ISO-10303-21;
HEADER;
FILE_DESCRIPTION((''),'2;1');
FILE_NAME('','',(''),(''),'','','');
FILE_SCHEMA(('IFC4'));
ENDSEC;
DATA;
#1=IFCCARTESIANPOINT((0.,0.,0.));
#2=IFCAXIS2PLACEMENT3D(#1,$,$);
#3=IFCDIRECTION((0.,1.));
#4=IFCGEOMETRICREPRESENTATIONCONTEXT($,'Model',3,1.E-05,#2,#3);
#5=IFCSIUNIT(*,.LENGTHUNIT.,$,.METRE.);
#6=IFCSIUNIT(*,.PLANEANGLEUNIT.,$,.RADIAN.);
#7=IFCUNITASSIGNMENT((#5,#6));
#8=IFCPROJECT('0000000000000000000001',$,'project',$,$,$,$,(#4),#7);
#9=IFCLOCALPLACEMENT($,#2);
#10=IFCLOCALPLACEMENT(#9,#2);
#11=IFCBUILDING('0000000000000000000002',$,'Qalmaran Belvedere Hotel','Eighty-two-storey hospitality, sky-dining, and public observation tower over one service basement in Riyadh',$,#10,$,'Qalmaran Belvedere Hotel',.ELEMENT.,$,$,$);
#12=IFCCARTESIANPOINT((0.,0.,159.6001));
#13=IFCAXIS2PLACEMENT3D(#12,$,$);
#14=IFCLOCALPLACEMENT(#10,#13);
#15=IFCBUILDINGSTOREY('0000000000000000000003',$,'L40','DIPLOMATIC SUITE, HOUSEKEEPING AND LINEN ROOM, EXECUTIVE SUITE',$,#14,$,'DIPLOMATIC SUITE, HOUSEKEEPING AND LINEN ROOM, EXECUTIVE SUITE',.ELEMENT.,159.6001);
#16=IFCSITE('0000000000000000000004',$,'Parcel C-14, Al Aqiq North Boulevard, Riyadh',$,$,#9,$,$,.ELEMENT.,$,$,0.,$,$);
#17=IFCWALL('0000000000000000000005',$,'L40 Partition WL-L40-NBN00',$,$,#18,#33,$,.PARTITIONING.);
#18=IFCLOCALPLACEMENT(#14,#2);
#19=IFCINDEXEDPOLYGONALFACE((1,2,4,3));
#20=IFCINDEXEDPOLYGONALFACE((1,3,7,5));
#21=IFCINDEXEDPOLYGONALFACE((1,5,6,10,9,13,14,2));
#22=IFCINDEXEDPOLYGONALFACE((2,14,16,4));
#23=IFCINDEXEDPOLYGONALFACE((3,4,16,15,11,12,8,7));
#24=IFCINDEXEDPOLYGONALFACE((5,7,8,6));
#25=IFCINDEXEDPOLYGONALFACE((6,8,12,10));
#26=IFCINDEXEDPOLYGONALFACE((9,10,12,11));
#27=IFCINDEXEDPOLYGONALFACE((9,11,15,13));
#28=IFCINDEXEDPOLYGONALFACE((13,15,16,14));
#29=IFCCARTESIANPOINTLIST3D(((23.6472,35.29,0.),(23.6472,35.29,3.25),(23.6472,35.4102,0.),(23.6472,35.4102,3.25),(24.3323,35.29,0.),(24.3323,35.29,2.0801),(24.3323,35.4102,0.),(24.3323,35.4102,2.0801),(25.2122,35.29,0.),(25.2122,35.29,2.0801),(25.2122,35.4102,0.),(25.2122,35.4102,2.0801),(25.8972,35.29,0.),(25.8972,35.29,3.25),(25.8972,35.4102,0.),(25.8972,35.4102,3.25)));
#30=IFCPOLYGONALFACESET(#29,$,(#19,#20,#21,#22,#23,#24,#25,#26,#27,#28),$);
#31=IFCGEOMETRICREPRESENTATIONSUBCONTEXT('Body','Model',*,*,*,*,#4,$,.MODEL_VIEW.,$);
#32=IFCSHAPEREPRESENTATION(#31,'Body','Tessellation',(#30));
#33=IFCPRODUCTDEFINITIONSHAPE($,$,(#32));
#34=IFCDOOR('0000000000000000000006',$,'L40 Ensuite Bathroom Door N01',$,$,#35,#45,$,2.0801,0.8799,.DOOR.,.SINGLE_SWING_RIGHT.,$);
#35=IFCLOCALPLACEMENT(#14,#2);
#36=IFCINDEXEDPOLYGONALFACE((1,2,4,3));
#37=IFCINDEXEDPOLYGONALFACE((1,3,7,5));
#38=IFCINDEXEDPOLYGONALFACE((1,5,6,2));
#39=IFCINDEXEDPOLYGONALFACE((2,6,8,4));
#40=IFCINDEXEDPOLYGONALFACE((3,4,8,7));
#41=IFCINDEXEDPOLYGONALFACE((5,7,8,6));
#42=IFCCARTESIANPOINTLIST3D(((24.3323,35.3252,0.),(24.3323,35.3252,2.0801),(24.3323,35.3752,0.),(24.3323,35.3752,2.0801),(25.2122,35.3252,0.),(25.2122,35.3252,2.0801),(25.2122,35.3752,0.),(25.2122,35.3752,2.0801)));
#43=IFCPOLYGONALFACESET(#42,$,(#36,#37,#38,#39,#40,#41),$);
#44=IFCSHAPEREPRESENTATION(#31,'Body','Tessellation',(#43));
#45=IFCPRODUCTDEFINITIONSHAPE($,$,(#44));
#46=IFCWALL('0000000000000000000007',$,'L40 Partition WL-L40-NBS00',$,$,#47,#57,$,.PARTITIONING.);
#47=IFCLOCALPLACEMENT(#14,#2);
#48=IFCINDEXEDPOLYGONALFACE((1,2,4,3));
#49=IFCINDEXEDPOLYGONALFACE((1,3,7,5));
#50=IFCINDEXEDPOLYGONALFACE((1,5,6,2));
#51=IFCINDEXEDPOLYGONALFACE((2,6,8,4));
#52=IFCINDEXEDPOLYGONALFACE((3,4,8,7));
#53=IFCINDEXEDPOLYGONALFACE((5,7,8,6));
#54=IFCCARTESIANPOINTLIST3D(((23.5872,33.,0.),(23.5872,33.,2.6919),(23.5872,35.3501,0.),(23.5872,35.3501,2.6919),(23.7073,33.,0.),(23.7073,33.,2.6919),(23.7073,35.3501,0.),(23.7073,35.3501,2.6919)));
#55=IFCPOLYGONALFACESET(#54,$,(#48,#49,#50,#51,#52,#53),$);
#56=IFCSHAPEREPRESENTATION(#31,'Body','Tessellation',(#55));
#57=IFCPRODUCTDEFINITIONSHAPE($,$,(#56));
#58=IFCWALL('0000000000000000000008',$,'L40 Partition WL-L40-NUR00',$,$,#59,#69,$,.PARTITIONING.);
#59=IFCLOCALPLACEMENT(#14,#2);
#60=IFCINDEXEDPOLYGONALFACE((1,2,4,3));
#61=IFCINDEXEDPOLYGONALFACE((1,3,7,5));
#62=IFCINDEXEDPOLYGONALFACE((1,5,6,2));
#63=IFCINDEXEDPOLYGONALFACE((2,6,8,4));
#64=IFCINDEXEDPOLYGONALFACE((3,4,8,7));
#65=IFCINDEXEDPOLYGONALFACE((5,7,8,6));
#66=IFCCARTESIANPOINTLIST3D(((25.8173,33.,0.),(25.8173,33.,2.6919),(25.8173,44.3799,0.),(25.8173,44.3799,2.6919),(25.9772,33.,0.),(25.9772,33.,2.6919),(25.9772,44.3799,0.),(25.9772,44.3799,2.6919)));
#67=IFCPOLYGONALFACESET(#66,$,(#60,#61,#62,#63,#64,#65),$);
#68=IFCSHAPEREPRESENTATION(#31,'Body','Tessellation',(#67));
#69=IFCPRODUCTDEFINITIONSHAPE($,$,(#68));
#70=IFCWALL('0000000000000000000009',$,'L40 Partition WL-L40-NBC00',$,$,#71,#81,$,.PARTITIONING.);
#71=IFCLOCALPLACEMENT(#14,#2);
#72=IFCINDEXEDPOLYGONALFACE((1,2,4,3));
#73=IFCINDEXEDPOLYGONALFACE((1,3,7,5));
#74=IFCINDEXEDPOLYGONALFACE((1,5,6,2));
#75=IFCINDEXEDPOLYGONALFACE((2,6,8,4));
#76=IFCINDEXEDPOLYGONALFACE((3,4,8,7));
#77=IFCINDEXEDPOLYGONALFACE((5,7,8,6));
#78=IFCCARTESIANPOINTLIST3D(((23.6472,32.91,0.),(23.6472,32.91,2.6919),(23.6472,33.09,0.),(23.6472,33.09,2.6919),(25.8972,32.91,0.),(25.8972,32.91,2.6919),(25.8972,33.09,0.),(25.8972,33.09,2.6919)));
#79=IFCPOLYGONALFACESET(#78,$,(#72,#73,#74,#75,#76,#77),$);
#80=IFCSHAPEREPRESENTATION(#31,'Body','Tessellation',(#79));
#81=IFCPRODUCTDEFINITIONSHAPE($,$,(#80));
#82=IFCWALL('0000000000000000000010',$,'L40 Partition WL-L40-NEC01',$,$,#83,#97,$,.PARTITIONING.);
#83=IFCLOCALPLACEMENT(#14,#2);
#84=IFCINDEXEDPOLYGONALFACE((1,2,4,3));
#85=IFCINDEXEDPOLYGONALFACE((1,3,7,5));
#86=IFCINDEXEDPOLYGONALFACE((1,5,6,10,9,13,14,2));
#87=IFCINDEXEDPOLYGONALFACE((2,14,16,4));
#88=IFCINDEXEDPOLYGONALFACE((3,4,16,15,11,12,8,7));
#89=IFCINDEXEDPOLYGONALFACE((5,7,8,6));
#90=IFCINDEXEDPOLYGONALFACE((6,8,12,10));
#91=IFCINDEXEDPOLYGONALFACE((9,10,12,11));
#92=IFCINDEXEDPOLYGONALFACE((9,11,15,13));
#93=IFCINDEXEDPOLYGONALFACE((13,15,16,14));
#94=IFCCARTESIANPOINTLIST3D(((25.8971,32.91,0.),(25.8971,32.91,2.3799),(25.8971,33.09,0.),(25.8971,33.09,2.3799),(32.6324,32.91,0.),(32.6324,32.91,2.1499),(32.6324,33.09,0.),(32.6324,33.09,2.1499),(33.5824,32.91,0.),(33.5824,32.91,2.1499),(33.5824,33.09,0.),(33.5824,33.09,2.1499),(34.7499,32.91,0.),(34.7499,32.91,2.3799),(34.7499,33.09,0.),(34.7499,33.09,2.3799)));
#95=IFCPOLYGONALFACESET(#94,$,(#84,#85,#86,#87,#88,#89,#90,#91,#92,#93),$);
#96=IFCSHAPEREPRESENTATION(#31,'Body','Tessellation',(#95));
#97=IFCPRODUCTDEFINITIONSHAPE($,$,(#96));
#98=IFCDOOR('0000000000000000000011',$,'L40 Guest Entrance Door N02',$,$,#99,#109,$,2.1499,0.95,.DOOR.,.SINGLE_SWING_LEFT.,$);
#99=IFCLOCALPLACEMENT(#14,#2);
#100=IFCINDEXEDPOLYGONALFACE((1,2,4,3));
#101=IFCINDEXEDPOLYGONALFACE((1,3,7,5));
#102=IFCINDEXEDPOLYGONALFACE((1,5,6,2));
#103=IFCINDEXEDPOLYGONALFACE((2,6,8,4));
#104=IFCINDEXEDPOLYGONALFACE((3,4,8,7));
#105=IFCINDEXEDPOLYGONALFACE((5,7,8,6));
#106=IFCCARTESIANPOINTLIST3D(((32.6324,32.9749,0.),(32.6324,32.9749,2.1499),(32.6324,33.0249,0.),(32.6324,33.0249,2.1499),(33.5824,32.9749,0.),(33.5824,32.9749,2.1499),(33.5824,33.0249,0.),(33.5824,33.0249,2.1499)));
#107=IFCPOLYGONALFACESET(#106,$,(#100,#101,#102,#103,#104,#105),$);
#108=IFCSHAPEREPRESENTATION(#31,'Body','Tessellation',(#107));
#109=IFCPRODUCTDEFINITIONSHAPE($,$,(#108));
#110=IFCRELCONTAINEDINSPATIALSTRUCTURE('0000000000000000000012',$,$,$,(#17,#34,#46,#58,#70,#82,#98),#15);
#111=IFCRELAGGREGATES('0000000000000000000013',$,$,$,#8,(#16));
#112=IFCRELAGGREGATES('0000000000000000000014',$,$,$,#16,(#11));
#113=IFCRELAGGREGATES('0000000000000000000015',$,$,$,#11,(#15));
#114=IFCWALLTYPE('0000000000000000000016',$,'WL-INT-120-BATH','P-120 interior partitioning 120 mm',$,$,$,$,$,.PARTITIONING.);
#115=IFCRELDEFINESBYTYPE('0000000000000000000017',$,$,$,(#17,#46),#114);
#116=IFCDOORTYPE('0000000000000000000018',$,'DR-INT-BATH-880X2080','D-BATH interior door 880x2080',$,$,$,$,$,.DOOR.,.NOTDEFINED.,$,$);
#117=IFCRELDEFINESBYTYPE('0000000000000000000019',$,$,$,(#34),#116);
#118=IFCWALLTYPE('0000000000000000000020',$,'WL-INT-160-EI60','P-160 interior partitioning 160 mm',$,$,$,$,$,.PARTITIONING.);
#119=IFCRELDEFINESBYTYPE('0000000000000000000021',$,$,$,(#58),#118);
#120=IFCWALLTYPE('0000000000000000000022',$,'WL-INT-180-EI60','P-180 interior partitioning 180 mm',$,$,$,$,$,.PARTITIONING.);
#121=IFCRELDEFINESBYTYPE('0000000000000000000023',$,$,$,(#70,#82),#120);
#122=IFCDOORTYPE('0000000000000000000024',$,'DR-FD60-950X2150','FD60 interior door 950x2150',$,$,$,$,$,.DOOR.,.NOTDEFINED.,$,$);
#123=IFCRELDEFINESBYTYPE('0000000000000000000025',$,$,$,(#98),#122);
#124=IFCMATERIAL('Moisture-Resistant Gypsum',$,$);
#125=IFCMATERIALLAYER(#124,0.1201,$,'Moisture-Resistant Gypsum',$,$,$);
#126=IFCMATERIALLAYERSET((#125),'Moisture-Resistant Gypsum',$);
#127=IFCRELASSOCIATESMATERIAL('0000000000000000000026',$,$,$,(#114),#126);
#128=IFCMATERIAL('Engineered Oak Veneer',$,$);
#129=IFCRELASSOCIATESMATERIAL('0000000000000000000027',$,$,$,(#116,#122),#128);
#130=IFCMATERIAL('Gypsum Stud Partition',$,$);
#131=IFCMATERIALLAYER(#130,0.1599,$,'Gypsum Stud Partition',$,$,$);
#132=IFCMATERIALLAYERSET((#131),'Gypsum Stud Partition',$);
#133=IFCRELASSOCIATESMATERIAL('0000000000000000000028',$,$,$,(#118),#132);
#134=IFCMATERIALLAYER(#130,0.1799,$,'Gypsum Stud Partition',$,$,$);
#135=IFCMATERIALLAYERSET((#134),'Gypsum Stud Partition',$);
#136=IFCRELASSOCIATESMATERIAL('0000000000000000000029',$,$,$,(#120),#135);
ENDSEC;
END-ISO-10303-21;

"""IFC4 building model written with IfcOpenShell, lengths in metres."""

from ifc_helpers import new_model, si_unit, direction, frame, frame_2d, origin, place, context, subcontext, project, spatial, rectangle, extrude, material, layer, layer_set, type_object, element, fill, save


model = new_model("IFC4")

# Units and contexts
model_context = context("Model", 3, precision=1e-05, world=origin(), true_north=direction((0.0, 1.0)))
body_context = subcontext(model_context, "Body", "Model", "MODEL_VIEW")
ifc_project = project(units=[si_unit("LENGTHUNIT", "METRE"), si_unit("PLANEANGLEUNIT", "RADIAN")], contexts=[model_context])

# Site, building, storey
site_placement = place(None, origin())
site = spatial("IfcSite", under=ifc_project, at=site_placement, Name="Parcel C-14, Al Aqiq North Boulevard, Riyadh", CompositionType="ELEMENT", RefElevation=0.0)
building_placement = place(site_placement, origin())
building = spatial("IfcBuilding", under=site, at=building_placement, Name="Qalmaran Belvedere Hotel", Description="Eighty-two-storey hospitality, sky-dining, and public observation tower over one service basement in Riyadh", LongName="Qalmaran Belvedere Hotel", CompositionType="ELEMENT")
storey_placement = place(building_placement, frame((0.0, 0.0, 159.6001)))
storey = spatial("IfcBuildingStorey", under=building, at=storey_placement, Name="L40", Description="DIPLOMATIC SUITE, HOUSEKEEPING AND LINEN ROOM, EXECUTIVE SUITE", LongName="DIPLOMATIC SUITE, HOUSEKEEPING AND LINEN ROOM, EXECUTIVE SUITE", CompositionType="ELEMENT", Elevation=159.6001)

# Wall, opening, door
ifc_material_1 = material(Name="Moisture-Resistant Gypsum")
ifc_layer_1 = layer(ifc_material_1, 0.1201, Name="Moisture-Resistant Gypsum")
ifc_layer_set_1 = layer_set([ifc_layer_1], Name="Moisture-Resistant Gypsum")
wall_type_1 = type_object("IfcWallType", Name="WL-INT-120-BATH", Description="P-120 interior partitioning 120 mm", PredefinedType="PARTITIONING", material=ifc_layer_set_1)
wall_1_placement = place(storey_placement, frame((23.6472, 35.3501, 0.0), z_axis=(0.0, 0.0, 1.0), x_axis=(1.0, 0.0, 0.0)))
wall_1 = element("IfcWall", 1, at=wall_1_placement, inside=storey, type_object=wall_type_1, Name="L40 Partition WL-L40-NBN00", PredefinedType="PARTITIONING", context=body_context, shape_type="SweptSolid", body=[
    extrude(rectangle(XDim=2.25, YDim=0.1201, at=frame_2d((1.125, 0.0))), origin(), (0.0, 0.0, 1.0), 3.25),
])
opening_1_placement = place(wall_1_placement, frame((1.5649, 0.0, 0.0), z_axis=(0.0, 0.0, 1.0), x_axis=(-1.0, 0.0, 0.0)))
opening_1 = element("IfcOpeningElement", 2, at=opening_1_placement, cuts=wall_1, PredefinedType="OPENING", context=body_context, shape_type="SweptSolid", body=[
    extrude(rectangle(XDim=0.8799, YDim=2.0801, at=frame_2d((0.4399, 1.04))), frame((0.0, 0.0701, 0.0), z_axis=(0.0, -1.0, 0.0), x_axis=(1.0, 0.0, 0.0)), (0.0, 0.0, 1.0), 0.1401),
])
ifc_material_2 = material(Name="Engineered Oak Veneer")
door_type_1 = type_object("IfcDoorType", Name="DR-INT-BATH-880X2080", Description="D-BATH interior door 880x2080", OperationType="NOTDEFINED", PredefinedType="DOOR", material=ifc_material_2)
door_1_placement = place(opening_1_placement, origin())
door_1 = element("IfcDoor", 3, at=door_1_placement, inside=storey, type_object=door_type_1, Name="L40 Ensuite Bathroom Door N01", OperationType="SINGLE_SWING_RIGHT", OverallHeight=2.0801, OverallWidth=0.8799, PredefinedType="DOOR", context=body_context, shape_type="SweptSolid", body=[
    extrude(rectangle(XDim=0.8799, YDim=2.0801, at=frame_2d((0.4399, 1.04))), frame((0.0, 0.0249, 0.0), z_axis=(0.0, -1.0, 0.0), x_axis=(1.0, 0.0, 0.0)), (0.0, 0.0, 1.0), 0.05),
])
fill(opening_1, door_1)

# Walls
wall_2_placement = place(storey_placement, frame((23.6472, 33.0, 0.0), z_axis=(0.0, 0.0, 1.0), x_axis=(0.0, 1.0, 0.0)))
element("IfcWall", 4, at=wall_2_placement, inside=storey, type_object=wall_type_1, Name="L40 Partition WL-L40-NBS00", PredefinedType="PARTITIONING", context=body_context, shape_type="SweptSolid", body=[
    extrude(rectangle(XDim=2.3501, YDim=0.1201, at=frame_2d((1.175, 0.0))), origin(), (0.0, 0.0, 1.0), 2.6919),
])
ifc_material_3 = material(Name="Gypsum Stud Partition")
ifc_layer_2 = layer(ifc_material_3, 0.1599, Name="Gypsum Stud Partition")
ifc_layer_set_2 = layer_set([ifc_layer_2], Name="Gypsum Stud Partition")
wall_type_2 = type_object("IfcWallType", Name="WL-INT-160-EI60", Description="P-160 interior partitioning 160 mm", PredefinedType="PARTITIONING", material=ifc_layer_set_2)
wall_3_placement = place(storey_placement, frame((25.8972, 33.0, 0.0), z_axis=(0.0, 0.0, 1.0), x_axis=(0.0, 1.0, 0.0)))
element("IfcWall", 5, at=wall_3_placement, inside=storey, type_object=wall_type_2, Name="L40 Partition WL-L40-NUR00", PredefinedType="PARTITIONING", context=body_context, shape_type="SweptSolid", body=[
    extrude(rectangle(XDim=11.3799, YDim=0.1599, at=frame_2d((5.6899, 0.0))), origin(), (0.0, 0.0, 1.0), 2.6919),
])
ifc_layer_3 = layer(ifc_material_3, 0.1799, Name="Gypsum Stud Partition")
ifc_layer_set_3 = layer_set([ifc_layer_3], Name="Gypsum Stud Partition")
wall_type_3 = type_object("IfcWallType", Name="WL-INT-180-EI60", Description="P-180 interior partitioning 180 mm", PredefinedType="PARTITIONING", material=ifc_layer_set_3)
wall_4_placement = place(storey_placement, frame((23.6472, 33.0, 0.0), z_axis=(0.0, 0.0, 1.0), x_axis=(1.0, 0.0, 0.0)))
element("IfcWall", 6, at=wall_4_placement, inside=storey, type_object=wall_type_3, Name="L40 Partition WL-L40-NBC00", PredefinedType="PARTITIONING", context=body_context, shape_type="SweptSolid", body=[
    extrude(rectangle(XDim=2.25, YDim=0.1799, at=frame_2d((1.125, 0.0))), origin(), (0.0, 0.0, 1.0), 2.6919),
])

# Wall, opening, door
wall_5_placement = place(storey_placement, frame((25.8972, 33.0, 0.0), z_axis=(0.0, 0.0, 1.0), x_axis=(1.0, 0.0, 0.0)))
wall_5 = element("IfcWall", 7, at=wall_5_placement, inside=storey, type_object=wall_type_3, Name="L40 Partition WL-L40-NEC01", PredefinedType="PARTITIONING", context=body_context, shape_type="SweptSolid", body=[
    extrude(rectangle(XDim=8.8528, YDim=0.1799, at=frame_2d((4.4263, 0.0))), origin(), (0.0, 0.0, 1.0), 2.3799),
])
opening_2_placement = place(wall_5_placement, frame((6.7351, 0.0, 0.0)))
opening_2 = element("IfcOpeningElement", 8, at=opening_2_placement, cuts=wall_5, PredefinedType="OPENING", context=body_context, shape_type="SweptSolid", body=[
    extrude(rectangle(XDim=0.95, YDim=2.1499, at=frame_2d((0.4751, 1.075))), frame((0.0, 0.1001, 0.0), z_axis=(0.0, -1.0, 0.0), x_axis=(1.0, 0.0, 0.0)), (0.0, 0.0, 1.0), 0.2),
])
door_type_2 = type_object("IfcDoorType", Name="DR-FD60-950X2150", Description="FD60 interior door 950x2150", OperationType="NOTDEFINED", PredefinedType="DOOR", material=ifc_material_2)
door_2_placement = place(opening_2_placement, origin())
door_2 = element("IfcDoor", 9, at=door_2_placement, inside=storey, type_object=door_type_2, Name="L40 Guest Entrance Door N02", OperationType="SINGLE_SWING_LEFT", OverallHeight=2.1499, OverallWidth=0.95, PredefinedType="DOOR", context=body_context, shape_type="SweptSolid", body=[
    extrude(rectangle(XDim=0.95, YDim=2.1499, at=frame_2d((0.4751, 1.075))), frame((0.0, 0.0249, 0.0), z_axis=(0.0, -1.0, 0.0), x_axis=(1.0, 0.0, 0.0)), (0.0, 0.0, 1.0), 0.05),
])
fill(opening_2, door_2)

save(model, "model.ifc")
